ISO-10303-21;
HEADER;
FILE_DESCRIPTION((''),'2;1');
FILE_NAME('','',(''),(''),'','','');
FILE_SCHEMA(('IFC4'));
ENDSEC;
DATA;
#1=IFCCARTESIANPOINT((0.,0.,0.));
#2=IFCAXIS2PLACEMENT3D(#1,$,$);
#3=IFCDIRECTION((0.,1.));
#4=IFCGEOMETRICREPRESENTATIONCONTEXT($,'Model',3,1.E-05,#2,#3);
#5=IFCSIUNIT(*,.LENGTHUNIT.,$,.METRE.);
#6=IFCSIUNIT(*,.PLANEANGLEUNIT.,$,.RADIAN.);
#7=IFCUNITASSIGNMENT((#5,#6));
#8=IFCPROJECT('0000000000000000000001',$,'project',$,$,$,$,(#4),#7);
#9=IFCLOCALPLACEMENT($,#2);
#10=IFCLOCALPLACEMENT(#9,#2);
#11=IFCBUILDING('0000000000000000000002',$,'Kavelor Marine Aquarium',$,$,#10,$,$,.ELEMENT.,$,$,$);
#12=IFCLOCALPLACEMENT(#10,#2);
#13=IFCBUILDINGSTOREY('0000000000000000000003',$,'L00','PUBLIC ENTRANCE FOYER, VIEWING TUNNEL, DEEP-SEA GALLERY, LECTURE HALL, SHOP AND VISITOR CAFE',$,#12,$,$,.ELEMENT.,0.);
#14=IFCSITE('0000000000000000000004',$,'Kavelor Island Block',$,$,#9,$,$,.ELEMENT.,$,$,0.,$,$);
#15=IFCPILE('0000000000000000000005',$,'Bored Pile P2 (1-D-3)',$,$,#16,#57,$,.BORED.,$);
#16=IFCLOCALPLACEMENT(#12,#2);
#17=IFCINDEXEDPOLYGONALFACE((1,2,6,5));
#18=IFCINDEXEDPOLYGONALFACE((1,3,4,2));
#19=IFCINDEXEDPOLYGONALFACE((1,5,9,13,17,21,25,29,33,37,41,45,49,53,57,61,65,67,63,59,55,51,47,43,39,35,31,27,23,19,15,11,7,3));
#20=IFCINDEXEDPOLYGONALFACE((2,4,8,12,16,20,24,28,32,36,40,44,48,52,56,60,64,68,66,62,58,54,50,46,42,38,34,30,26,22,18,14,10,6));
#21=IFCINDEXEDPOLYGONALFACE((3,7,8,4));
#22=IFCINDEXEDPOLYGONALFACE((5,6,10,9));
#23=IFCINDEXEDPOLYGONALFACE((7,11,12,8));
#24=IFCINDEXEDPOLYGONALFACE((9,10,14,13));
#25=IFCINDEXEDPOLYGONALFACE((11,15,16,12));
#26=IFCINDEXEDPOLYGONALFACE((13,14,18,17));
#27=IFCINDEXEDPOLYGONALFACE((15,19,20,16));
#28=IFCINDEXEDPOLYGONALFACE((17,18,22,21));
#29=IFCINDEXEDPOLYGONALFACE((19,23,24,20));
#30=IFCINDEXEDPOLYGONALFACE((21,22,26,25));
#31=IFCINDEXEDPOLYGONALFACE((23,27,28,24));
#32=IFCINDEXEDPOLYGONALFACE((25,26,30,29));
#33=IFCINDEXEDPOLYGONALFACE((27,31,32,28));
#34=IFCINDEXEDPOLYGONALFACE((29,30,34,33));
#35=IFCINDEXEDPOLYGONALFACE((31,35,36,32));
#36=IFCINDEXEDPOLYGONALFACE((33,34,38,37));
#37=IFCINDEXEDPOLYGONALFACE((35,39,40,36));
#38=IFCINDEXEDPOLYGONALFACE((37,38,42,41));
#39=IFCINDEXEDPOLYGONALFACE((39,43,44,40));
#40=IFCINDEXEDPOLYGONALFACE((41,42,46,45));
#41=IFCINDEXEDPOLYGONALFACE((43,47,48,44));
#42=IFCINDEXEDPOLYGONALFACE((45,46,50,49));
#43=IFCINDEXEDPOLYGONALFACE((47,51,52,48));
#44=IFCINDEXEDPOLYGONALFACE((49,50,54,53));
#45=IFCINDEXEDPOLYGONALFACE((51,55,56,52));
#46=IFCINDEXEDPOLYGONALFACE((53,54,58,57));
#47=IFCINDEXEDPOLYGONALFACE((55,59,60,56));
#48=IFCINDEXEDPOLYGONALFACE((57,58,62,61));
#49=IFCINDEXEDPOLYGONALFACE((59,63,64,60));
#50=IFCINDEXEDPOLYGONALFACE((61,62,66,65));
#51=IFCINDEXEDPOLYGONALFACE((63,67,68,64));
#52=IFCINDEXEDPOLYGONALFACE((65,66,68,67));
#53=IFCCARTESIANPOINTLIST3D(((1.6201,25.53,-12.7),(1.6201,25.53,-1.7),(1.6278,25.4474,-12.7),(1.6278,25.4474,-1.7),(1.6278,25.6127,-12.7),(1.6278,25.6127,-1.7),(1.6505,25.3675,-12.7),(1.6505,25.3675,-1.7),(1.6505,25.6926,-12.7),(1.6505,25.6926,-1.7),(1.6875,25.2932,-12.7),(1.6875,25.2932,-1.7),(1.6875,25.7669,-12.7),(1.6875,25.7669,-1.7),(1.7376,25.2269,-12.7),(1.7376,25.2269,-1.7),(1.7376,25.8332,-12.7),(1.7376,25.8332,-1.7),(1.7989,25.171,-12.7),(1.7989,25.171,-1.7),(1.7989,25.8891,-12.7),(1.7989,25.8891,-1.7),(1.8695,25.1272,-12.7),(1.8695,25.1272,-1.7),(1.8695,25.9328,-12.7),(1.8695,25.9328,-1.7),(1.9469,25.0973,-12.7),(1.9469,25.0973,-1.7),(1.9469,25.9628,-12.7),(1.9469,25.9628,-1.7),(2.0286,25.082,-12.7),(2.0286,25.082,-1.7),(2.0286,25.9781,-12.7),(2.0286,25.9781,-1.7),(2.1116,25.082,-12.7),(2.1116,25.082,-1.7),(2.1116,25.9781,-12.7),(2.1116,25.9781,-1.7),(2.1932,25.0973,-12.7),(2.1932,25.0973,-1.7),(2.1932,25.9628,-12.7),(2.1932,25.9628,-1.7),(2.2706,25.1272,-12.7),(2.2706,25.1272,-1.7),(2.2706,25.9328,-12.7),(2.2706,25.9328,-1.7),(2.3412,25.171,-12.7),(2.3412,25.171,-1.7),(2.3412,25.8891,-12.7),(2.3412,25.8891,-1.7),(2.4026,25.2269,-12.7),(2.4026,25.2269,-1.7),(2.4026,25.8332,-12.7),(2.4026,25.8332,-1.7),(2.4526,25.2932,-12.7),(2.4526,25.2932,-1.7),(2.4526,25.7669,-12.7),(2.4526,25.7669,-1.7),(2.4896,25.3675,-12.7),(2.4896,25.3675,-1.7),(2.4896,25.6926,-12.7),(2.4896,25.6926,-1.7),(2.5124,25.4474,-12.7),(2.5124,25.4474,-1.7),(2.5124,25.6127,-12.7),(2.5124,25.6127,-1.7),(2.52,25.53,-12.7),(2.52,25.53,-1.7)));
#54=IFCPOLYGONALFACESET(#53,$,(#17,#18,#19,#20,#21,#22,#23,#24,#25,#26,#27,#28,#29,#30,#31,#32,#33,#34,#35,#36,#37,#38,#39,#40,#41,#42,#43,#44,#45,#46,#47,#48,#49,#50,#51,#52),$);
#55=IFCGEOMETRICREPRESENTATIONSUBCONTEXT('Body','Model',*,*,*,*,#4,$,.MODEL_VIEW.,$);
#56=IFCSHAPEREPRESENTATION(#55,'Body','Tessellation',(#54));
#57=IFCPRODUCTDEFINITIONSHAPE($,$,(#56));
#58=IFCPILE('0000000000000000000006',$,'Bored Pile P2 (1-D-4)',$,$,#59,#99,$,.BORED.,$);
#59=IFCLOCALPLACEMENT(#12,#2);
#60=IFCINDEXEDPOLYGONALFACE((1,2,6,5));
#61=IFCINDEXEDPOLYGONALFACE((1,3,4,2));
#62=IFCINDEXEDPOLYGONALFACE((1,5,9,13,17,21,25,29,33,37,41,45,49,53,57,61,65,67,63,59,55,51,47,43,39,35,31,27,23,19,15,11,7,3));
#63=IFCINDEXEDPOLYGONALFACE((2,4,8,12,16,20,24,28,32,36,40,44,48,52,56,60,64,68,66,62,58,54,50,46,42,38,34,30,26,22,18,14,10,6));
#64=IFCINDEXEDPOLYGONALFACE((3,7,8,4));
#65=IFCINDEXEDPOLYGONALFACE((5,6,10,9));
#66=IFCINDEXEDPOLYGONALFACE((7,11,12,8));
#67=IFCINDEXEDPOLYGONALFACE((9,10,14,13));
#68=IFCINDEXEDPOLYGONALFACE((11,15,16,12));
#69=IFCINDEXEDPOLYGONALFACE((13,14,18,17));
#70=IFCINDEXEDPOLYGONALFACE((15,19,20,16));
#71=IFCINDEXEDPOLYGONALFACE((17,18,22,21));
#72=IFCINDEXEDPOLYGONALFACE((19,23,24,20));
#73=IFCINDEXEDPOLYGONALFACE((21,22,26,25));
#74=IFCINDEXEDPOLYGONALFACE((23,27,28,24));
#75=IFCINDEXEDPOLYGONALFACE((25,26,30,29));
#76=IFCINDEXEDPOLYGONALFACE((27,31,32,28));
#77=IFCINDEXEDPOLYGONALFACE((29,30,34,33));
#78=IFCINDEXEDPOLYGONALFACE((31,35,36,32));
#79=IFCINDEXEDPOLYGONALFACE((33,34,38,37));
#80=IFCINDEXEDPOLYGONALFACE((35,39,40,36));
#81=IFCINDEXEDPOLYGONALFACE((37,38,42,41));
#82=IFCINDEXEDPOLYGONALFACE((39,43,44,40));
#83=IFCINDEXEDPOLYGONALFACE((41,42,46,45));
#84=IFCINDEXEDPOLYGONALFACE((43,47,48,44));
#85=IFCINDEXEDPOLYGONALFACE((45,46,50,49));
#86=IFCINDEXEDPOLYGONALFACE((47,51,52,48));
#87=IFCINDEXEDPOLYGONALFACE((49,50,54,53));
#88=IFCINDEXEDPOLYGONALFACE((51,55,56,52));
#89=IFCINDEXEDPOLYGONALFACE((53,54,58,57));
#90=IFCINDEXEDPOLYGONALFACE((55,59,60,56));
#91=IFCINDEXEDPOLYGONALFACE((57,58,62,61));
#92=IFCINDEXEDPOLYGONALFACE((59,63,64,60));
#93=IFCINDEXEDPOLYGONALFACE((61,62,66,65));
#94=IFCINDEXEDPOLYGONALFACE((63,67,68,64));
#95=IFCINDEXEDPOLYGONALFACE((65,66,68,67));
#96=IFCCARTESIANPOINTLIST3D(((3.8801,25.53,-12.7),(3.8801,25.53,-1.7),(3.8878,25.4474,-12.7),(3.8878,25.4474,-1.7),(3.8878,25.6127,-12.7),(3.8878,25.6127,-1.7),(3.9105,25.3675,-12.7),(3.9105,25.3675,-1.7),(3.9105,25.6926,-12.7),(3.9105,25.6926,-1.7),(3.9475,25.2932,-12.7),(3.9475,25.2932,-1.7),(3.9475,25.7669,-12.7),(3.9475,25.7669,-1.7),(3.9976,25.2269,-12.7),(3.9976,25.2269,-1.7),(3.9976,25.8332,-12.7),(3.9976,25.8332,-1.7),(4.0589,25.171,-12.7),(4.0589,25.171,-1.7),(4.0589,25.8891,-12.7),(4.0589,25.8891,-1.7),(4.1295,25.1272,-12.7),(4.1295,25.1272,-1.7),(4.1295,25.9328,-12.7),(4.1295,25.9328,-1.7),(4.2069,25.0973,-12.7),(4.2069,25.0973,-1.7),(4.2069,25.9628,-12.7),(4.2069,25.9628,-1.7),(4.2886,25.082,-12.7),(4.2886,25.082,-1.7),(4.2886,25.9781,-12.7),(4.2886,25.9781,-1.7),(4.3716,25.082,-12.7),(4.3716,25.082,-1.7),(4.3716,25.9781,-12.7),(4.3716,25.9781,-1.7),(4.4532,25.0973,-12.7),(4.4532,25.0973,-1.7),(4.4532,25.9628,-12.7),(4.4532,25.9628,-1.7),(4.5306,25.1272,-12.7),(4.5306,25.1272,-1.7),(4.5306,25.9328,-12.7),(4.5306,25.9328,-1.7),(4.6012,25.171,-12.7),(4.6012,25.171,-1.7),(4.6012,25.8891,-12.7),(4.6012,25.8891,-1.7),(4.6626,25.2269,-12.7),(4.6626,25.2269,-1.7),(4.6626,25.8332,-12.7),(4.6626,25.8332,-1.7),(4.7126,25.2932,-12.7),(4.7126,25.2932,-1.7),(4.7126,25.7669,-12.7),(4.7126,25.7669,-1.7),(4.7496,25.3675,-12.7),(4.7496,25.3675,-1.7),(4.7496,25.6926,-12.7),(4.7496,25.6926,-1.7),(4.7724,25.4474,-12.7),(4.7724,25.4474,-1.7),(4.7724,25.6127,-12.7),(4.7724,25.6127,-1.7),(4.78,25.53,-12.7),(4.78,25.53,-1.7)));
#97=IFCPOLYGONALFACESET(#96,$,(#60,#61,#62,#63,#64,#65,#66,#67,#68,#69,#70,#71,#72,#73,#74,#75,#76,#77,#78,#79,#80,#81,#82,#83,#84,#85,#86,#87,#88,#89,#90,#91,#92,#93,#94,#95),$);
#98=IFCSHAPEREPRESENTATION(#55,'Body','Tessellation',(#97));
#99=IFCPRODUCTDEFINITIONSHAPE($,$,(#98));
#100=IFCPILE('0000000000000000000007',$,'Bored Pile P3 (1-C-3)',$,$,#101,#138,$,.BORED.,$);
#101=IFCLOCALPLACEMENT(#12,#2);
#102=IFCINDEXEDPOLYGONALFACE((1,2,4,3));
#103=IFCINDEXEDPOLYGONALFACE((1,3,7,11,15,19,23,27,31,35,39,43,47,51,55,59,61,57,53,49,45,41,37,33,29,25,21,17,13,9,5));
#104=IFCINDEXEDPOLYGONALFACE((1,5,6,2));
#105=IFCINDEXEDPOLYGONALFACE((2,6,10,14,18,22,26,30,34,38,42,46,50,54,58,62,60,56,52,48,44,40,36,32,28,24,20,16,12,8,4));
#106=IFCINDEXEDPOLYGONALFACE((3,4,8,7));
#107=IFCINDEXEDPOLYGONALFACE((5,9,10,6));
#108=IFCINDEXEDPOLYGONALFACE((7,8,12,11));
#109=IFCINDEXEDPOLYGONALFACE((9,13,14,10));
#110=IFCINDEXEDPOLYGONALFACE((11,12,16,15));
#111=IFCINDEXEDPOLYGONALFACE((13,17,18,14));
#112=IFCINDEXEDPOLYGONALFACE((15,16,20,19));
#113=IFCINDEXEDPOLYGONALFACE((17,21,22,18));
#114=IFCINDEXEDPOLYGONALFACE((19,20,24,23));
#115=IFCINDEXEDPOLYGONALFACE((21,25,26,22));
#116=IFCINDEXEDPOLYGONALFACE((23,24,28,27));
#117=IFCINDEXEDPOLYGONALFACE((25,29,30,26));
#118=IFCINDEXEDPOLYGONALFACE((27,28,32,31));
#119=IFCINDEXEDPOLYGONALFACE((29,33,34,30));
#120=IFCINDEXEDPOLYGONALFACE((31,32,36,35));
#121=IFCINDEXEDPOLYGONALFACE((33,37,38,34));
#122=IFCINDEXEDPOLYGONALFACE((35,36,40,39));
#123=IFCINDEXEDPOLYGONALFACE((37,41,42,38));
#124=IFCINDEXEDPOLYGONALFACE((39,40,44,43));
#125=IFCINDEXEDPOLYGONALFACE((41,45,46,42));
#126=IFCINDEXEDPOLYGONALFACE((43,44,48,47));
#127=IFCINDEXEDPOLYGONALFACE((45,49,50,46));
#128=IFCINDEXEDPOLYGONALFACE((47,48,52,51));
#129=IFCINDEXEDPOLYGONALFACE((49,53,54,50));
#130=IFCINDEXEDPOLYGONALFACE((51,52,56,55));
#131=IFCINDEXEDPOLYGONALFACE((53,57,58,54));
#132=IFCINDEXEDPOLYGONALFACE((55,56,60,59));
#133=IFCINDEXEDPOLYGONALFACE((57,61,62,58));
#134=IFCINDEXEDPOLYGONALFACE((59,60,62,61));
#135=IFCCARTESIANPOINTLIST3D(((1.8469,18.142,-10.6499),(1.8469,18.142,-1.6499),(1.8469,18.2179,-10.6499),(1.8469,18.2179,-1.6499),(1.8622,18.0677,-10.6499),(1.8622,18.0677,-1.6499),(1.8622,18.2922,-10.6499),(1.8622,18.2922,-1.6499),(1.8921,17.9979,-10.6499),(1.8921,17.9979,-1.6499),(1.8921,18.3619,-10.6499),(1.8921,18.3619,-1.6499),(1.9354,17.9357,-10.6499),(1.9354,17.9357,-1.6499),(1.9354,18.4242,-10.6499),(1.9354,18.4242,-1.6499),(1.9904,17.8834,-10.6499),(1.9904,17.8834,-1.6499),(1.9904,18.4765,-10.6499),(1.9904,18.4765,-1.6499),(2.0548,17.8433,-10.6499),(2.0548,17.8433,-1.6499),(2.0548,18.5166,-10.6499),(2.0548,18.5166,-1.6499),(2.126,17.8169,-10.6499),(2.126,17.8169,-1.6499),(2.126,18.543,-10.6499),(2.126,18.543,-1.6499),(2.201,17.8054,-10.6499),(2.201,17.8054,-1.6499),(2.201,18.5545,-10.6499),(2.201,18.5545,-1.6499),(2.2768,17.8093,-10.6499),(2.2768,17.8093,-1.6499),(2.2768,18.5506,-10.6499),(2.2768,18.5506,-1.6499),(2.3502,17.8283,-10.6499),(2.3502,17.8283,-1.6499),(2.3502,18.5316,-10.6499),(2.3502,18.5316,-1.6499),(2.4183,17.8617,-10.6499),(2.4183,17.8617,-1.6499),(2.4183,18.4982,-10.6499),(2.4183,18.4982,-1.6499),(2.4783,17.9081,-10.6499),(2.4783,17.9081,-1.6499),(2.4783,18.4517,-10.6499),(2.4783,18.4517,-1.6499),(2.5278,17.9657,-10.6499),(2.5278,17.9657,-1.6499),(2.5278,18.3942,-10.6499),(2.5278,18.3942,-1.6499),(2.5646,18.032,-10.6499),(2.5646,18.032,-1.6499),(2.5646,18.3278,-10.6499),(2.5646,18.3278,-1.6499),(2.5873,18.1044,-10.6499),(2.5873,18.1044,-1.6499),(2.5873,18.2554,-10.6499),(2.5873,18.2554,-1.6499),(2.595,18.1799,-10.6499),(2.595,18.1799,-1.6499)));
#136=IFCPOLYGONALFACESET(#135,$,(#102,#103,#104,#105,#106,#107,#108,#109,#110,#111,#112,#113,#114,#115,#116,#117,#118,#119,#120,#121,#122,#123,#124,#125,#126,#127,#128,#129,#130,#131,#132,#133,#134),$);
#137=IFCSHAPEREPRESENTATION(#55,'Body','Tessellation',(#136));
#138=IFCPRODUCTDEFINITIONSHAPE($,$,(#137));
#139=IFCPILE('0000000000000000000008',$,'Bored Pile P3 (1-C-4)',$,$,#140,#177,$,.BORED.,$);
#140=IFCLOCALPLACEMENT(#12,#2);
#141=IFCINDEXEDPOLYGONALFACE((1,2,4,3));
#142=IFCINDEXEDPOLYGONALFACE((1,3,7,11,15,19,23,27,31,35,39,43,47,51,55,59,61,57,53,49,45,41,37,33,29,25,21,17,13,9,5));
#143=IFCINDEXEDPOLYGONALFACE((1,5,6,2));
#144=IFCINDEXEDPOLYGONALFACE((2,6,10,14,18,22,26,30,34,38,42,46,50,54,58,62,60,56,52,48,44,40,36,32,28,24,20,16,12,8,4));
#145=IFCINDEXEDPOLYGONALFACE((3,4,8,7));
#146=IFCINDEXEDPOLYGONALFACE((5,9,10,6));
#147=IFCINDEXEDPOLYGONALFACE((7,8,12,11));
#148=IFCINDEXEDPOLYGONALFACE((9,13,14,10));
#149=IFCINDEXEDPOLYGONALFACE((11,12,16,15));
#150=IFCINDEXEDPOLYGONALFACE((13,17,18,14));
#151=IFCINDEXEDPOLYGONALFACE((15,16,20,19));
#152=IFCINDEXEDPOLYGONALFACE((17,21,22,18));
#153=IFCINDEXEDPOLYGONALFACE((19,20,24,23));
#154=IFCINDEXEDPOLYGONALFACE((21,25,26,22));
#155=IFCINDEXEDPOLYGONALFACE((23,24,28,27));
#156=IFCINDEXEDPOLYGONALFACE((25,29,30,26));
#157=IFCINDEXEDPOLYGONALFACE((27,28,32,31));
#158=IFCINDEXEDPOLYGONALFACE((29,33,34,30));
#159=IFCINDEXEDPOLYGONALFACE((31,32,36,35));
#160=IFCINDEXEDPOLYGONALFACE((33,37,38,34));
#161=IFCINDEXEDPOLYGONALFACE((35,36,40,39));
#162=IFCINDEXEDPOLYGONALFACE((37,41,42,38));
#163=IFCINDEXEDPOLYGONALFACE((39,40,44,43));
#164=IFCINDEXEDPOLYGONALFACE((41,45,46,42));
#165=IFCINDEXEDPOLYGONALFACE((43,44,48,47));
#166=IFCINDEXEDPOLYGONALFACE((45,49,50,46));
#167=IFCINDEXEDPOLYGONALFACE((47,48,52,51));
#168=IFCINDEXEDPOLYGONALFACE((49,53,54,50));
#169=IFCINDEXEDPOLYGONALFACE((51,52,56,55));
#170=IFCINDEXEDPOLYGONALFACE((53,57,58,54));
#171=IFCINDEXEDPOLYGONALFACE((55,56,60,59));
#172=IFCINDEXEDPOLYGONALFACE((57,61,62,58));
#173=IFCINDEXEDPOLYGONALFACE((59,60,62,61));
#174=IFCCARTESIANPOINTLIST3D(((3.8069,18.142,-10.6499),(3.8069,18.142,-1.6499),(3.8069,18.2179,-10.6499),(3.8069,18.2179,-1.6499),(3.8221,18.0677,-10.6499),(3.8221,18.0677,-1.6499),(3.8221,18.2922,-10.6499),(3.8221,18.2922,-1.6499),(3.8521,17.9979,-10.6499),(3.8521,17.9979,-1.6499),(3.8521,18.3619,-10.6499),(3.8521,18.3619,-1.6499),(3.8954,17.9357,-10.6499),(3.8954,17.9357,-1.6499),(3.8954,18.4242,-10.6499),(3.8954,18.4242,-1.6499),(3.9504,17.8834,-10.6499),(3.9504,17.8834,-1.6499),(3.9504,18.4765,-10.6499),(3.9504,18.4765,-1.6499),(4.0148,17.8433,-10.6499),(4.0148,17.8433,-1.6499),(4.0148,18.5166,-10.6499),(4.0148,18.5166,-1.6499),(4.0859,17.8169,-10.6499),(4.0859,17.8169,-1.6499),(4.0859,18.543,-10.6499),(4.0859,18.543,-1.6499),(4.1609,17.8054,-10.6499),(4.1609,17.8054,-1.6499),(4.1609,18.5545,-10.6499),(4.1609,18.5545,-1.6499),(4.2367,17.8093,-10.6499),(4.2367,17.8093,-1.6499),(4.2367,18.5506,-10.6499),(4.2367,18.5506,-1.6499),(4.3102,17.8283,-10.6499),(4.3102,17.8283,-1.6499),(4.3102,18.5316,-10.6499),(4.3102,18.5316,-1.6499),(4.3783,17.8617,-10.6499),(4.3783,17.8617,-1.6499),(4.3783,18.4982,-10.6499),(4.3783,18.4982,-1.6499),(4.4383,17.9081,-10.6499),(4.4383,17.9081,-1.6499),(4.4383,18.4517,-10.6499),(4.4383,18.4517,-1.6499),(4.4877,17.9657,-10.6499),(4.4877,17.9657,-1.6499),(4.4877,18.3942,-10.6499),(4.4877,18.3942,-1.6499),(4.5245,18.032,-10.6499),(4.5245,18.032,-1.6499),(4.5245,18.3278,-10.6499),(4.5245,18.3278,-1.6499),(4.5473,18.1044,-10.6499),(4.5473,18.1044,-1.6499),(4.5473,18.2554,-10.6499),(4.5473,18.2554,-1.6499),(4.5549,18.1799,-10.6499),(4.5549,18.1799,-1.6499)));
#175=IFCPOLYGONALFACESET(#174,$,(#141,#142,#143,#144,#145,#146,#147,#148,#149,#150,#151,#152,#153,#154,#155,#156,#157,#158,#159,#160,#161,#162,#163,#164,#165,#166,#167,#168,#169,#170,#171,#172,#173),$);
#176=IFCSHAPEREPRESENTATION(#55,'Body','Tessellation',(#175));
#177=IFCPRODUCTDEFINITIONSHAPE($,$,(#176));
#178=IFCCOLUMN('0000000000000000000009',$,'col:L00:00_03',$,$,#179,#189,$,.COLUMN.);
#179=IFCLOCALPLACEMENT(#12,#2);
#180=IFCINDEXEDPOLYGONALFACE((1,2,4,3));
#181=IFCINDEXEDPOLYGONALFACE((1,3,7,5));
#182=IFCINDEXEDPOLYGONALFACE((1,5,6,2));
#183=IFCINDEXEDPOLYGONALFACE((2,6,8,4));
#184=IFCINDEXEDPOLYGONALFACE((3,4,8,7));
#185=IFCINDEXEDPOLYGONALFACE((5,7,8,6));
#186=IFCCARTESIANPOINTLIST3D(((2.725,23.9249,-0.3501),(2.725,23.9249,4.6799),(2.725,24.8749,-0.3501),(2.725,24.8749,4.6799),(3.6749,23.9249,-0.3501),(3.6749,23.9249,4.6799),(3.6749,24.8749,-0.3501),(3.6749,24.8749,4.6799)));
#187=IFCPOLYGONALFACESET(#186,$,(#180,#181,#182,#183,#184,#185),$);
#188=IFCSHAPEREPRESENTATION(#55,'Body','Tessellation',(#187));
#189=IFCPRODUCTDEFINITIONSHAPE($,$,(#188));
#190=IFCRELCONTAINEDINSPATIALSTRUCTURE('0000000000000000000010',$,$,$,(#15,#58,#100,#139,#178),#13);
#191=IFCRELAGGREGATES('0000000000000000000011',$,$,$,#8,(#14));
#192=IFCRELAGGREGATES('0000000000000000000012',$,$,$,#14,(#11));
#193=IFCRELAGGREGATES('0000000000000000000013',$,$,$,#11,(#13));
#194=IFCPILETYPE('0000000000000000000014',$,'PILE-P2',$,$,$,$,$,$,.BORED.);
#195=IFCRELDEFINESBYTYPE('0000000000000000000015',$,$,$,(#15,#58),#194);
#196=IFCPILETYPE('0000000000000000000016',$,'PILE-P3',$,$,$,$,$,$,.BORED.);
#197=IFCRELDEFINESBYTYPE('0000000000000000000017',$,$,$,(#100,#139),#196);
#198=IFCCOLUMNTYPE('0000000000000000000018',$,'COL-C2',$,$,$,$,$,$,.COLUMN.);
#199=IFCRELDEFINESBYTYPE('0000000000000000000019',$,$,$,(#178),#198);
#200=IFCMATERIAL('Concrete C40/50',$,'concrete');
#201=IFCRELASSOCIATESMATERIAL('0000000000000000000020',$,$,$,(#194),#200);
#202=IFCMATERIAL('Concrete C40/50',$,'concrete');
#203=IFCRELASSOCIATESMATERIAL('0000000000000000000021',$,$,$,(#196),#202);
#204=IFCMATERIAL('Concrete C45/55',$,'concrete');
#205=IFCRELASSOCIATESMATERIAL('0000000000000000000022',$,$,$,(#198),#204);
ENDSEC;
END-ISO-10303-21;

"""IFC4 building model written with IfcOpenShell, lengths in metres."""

from ifc_helpers import new_model, si_unit, direction, frame, origin, origin_2d, place, context, subcontext, project, spatial, rectangle, circle, extrude, material, material_profile, profile_set, type_object, element, save


model = new_model("IFC4")

# Units and contexts
model_context = context("Model", 3, precision=1e-05, world=origin(), true_north=direction((0.0, 1.0)))
body_context = subcontext(model_context, "Body", "Model", "MODEL_VIEW")
ifc_project = project(units=[si_unit("LENGTHUNIT", "METRE"), si_unit("PLANEANGLEUNIT", "RADIAN")], contexts=[model_context])

# Site, building, storey
site_placement = place(None, origin())
site = spatial("IfcSite", under=ifc_project, at=site_placement, Name="Kavelor Island Block", CompositionType="ELEMENT", RefElevation=0.0)
building_placement = place(site_placement, origin())
building = spatial("IfcBuilding", under=site, at=building_placement, Name="Kavelor Marine Aquarium", CompositionType="ELEMENT")
storey_placement = place(building_placement, origin())
storey = spatial("IfcBuildingStorey", under=building, at=storey_placement, Name="L00", Description="PUBLIC ENTRANCE FOYER, VIEWING TUNNEL, DEEP-SEA GALLERY, LECTURE HALL, SHOP AND VISITOR CAFE", CompositionType="ELEMENT", Elevation=0.0)

# Piles
ifc_material_1 = material(Name="Concrete C40/50", Category="concrete")
ifc_material_profile_1 = material_profile(ifc_material_1, circle(Radius=0.45, at=origin_2d()), Name="PILE D900")
ifc_profile_set_1 = profile_set([ifc_material_profile_1], Name="Concrete C40/50")
pile_type_1 = type_object("IfcPileType", Name="PILE-P2", PredefinedType="BORED", material=ifc_profile_set_1)
for number, where, z_axis, x_axis, name in (
    (1, (2.0701, 25.53, -1.7), (0.0, 0.0, -1.0), (1.0, 0.0, 0.0), "Bored Pile P2 (1-D-3)"),
    (2, (4.3301, 25.53, -1.7), (0.0, 0.0, -1.0), (1.0, 0.0, 0.0), "Bored Pile P2 (1-D-4)"),
):
    element("IfcPile", number, at=place(storey_placement, frame(where, z_axis=z_axis, x_axis=x_axis)), inside=storey, type_object=pile_type_1, Name=name, PredefinedType="BORED", context=body_context, shape_type="SweptSolid", body=[
        extrude(circle(Radius=0.45, at=origin_2d()), origin(), (0.0, 0.0, 1.0), 11.0),
    ])
ifc_material_2 = material(Name="Concrete C40/50", Category="concrete")
ifc_material_profile_2 = material_profile(ifc_material_2, circle(Radius=0.375, at=origin_2d()), Name="PILE D750")
ifc_profile_set_2 = profile_set([ifc_material_profile_2], Name="Concrete C40/50")
pile_type_2 = type_object("IfcPileType", Name="PILE-P3", PredefinedType="BORED", material=ifc_profile_set_2)
for number, where, z_axis, x_axis, name in (
    (3, (2.22, 18.1799, -1.6499), (0.0, 0.0, -1.0), (1.0, 0.0, 0.0), "Bored Pile P3 (1-C-3)"),
    (4, (4.1799, 18.1799, -1.6499), (0.0, 0.0, -1.0), (1.0, 0.0, 0.0), "Bored Pile P3 (1-C-4)"),
):
    element("IfcPile", number, at=place(storey_placement, frame(where, z_axis=z_axis, x_axis=x_axis)), inside=storey, type_object=pile_type_2, Name=name, PredefinedType="BORED", context=body_context, shape_type="SweptSolid", body=[
        extrude(circle(Radius=0.375, at=origin_2d()), origin(), (0.0, 0.0, 1.0), 9.0),
    ])

# Column
ifc_material_3 = material(Name="Concrete C45/55", Category="concrete")
ifc_material_profile_3 = material_profile(ifc_material_3, rectangle(XDim=0.95, YDim=0.95, at=origin_2d()), Name="RC-COL 950x950")
ifc_profile_set_3 = profile_set([ifc_material_profile_3], Name="Concrete C45/55")
column_type = type_object("IfcColumnType", Name="COL-C2", PredefinedType="COLUMN", material=ifc_profile_set_3)
column_placement = place(storey_placement, frame((3.2, 24.3999, -0.3501), z_axis=(0.0, 0.0, 1.0), x_axis=(1.0, 0.0, 0.0)))
element("IfcColumn", 5, at=column_placement, inside=storey, type_object=column_type, Name="col:L00:00_03", PredefinedType="COLUMN", context=body_context, shape_type="SweptSolid", body=[
    extrude(rectangle(XDim=0.95, YDim=0.95, at=origin_2d()), origin(), (0.0, 0.0, 1.0), 5.03),
])

save(model, "model.ifc")
